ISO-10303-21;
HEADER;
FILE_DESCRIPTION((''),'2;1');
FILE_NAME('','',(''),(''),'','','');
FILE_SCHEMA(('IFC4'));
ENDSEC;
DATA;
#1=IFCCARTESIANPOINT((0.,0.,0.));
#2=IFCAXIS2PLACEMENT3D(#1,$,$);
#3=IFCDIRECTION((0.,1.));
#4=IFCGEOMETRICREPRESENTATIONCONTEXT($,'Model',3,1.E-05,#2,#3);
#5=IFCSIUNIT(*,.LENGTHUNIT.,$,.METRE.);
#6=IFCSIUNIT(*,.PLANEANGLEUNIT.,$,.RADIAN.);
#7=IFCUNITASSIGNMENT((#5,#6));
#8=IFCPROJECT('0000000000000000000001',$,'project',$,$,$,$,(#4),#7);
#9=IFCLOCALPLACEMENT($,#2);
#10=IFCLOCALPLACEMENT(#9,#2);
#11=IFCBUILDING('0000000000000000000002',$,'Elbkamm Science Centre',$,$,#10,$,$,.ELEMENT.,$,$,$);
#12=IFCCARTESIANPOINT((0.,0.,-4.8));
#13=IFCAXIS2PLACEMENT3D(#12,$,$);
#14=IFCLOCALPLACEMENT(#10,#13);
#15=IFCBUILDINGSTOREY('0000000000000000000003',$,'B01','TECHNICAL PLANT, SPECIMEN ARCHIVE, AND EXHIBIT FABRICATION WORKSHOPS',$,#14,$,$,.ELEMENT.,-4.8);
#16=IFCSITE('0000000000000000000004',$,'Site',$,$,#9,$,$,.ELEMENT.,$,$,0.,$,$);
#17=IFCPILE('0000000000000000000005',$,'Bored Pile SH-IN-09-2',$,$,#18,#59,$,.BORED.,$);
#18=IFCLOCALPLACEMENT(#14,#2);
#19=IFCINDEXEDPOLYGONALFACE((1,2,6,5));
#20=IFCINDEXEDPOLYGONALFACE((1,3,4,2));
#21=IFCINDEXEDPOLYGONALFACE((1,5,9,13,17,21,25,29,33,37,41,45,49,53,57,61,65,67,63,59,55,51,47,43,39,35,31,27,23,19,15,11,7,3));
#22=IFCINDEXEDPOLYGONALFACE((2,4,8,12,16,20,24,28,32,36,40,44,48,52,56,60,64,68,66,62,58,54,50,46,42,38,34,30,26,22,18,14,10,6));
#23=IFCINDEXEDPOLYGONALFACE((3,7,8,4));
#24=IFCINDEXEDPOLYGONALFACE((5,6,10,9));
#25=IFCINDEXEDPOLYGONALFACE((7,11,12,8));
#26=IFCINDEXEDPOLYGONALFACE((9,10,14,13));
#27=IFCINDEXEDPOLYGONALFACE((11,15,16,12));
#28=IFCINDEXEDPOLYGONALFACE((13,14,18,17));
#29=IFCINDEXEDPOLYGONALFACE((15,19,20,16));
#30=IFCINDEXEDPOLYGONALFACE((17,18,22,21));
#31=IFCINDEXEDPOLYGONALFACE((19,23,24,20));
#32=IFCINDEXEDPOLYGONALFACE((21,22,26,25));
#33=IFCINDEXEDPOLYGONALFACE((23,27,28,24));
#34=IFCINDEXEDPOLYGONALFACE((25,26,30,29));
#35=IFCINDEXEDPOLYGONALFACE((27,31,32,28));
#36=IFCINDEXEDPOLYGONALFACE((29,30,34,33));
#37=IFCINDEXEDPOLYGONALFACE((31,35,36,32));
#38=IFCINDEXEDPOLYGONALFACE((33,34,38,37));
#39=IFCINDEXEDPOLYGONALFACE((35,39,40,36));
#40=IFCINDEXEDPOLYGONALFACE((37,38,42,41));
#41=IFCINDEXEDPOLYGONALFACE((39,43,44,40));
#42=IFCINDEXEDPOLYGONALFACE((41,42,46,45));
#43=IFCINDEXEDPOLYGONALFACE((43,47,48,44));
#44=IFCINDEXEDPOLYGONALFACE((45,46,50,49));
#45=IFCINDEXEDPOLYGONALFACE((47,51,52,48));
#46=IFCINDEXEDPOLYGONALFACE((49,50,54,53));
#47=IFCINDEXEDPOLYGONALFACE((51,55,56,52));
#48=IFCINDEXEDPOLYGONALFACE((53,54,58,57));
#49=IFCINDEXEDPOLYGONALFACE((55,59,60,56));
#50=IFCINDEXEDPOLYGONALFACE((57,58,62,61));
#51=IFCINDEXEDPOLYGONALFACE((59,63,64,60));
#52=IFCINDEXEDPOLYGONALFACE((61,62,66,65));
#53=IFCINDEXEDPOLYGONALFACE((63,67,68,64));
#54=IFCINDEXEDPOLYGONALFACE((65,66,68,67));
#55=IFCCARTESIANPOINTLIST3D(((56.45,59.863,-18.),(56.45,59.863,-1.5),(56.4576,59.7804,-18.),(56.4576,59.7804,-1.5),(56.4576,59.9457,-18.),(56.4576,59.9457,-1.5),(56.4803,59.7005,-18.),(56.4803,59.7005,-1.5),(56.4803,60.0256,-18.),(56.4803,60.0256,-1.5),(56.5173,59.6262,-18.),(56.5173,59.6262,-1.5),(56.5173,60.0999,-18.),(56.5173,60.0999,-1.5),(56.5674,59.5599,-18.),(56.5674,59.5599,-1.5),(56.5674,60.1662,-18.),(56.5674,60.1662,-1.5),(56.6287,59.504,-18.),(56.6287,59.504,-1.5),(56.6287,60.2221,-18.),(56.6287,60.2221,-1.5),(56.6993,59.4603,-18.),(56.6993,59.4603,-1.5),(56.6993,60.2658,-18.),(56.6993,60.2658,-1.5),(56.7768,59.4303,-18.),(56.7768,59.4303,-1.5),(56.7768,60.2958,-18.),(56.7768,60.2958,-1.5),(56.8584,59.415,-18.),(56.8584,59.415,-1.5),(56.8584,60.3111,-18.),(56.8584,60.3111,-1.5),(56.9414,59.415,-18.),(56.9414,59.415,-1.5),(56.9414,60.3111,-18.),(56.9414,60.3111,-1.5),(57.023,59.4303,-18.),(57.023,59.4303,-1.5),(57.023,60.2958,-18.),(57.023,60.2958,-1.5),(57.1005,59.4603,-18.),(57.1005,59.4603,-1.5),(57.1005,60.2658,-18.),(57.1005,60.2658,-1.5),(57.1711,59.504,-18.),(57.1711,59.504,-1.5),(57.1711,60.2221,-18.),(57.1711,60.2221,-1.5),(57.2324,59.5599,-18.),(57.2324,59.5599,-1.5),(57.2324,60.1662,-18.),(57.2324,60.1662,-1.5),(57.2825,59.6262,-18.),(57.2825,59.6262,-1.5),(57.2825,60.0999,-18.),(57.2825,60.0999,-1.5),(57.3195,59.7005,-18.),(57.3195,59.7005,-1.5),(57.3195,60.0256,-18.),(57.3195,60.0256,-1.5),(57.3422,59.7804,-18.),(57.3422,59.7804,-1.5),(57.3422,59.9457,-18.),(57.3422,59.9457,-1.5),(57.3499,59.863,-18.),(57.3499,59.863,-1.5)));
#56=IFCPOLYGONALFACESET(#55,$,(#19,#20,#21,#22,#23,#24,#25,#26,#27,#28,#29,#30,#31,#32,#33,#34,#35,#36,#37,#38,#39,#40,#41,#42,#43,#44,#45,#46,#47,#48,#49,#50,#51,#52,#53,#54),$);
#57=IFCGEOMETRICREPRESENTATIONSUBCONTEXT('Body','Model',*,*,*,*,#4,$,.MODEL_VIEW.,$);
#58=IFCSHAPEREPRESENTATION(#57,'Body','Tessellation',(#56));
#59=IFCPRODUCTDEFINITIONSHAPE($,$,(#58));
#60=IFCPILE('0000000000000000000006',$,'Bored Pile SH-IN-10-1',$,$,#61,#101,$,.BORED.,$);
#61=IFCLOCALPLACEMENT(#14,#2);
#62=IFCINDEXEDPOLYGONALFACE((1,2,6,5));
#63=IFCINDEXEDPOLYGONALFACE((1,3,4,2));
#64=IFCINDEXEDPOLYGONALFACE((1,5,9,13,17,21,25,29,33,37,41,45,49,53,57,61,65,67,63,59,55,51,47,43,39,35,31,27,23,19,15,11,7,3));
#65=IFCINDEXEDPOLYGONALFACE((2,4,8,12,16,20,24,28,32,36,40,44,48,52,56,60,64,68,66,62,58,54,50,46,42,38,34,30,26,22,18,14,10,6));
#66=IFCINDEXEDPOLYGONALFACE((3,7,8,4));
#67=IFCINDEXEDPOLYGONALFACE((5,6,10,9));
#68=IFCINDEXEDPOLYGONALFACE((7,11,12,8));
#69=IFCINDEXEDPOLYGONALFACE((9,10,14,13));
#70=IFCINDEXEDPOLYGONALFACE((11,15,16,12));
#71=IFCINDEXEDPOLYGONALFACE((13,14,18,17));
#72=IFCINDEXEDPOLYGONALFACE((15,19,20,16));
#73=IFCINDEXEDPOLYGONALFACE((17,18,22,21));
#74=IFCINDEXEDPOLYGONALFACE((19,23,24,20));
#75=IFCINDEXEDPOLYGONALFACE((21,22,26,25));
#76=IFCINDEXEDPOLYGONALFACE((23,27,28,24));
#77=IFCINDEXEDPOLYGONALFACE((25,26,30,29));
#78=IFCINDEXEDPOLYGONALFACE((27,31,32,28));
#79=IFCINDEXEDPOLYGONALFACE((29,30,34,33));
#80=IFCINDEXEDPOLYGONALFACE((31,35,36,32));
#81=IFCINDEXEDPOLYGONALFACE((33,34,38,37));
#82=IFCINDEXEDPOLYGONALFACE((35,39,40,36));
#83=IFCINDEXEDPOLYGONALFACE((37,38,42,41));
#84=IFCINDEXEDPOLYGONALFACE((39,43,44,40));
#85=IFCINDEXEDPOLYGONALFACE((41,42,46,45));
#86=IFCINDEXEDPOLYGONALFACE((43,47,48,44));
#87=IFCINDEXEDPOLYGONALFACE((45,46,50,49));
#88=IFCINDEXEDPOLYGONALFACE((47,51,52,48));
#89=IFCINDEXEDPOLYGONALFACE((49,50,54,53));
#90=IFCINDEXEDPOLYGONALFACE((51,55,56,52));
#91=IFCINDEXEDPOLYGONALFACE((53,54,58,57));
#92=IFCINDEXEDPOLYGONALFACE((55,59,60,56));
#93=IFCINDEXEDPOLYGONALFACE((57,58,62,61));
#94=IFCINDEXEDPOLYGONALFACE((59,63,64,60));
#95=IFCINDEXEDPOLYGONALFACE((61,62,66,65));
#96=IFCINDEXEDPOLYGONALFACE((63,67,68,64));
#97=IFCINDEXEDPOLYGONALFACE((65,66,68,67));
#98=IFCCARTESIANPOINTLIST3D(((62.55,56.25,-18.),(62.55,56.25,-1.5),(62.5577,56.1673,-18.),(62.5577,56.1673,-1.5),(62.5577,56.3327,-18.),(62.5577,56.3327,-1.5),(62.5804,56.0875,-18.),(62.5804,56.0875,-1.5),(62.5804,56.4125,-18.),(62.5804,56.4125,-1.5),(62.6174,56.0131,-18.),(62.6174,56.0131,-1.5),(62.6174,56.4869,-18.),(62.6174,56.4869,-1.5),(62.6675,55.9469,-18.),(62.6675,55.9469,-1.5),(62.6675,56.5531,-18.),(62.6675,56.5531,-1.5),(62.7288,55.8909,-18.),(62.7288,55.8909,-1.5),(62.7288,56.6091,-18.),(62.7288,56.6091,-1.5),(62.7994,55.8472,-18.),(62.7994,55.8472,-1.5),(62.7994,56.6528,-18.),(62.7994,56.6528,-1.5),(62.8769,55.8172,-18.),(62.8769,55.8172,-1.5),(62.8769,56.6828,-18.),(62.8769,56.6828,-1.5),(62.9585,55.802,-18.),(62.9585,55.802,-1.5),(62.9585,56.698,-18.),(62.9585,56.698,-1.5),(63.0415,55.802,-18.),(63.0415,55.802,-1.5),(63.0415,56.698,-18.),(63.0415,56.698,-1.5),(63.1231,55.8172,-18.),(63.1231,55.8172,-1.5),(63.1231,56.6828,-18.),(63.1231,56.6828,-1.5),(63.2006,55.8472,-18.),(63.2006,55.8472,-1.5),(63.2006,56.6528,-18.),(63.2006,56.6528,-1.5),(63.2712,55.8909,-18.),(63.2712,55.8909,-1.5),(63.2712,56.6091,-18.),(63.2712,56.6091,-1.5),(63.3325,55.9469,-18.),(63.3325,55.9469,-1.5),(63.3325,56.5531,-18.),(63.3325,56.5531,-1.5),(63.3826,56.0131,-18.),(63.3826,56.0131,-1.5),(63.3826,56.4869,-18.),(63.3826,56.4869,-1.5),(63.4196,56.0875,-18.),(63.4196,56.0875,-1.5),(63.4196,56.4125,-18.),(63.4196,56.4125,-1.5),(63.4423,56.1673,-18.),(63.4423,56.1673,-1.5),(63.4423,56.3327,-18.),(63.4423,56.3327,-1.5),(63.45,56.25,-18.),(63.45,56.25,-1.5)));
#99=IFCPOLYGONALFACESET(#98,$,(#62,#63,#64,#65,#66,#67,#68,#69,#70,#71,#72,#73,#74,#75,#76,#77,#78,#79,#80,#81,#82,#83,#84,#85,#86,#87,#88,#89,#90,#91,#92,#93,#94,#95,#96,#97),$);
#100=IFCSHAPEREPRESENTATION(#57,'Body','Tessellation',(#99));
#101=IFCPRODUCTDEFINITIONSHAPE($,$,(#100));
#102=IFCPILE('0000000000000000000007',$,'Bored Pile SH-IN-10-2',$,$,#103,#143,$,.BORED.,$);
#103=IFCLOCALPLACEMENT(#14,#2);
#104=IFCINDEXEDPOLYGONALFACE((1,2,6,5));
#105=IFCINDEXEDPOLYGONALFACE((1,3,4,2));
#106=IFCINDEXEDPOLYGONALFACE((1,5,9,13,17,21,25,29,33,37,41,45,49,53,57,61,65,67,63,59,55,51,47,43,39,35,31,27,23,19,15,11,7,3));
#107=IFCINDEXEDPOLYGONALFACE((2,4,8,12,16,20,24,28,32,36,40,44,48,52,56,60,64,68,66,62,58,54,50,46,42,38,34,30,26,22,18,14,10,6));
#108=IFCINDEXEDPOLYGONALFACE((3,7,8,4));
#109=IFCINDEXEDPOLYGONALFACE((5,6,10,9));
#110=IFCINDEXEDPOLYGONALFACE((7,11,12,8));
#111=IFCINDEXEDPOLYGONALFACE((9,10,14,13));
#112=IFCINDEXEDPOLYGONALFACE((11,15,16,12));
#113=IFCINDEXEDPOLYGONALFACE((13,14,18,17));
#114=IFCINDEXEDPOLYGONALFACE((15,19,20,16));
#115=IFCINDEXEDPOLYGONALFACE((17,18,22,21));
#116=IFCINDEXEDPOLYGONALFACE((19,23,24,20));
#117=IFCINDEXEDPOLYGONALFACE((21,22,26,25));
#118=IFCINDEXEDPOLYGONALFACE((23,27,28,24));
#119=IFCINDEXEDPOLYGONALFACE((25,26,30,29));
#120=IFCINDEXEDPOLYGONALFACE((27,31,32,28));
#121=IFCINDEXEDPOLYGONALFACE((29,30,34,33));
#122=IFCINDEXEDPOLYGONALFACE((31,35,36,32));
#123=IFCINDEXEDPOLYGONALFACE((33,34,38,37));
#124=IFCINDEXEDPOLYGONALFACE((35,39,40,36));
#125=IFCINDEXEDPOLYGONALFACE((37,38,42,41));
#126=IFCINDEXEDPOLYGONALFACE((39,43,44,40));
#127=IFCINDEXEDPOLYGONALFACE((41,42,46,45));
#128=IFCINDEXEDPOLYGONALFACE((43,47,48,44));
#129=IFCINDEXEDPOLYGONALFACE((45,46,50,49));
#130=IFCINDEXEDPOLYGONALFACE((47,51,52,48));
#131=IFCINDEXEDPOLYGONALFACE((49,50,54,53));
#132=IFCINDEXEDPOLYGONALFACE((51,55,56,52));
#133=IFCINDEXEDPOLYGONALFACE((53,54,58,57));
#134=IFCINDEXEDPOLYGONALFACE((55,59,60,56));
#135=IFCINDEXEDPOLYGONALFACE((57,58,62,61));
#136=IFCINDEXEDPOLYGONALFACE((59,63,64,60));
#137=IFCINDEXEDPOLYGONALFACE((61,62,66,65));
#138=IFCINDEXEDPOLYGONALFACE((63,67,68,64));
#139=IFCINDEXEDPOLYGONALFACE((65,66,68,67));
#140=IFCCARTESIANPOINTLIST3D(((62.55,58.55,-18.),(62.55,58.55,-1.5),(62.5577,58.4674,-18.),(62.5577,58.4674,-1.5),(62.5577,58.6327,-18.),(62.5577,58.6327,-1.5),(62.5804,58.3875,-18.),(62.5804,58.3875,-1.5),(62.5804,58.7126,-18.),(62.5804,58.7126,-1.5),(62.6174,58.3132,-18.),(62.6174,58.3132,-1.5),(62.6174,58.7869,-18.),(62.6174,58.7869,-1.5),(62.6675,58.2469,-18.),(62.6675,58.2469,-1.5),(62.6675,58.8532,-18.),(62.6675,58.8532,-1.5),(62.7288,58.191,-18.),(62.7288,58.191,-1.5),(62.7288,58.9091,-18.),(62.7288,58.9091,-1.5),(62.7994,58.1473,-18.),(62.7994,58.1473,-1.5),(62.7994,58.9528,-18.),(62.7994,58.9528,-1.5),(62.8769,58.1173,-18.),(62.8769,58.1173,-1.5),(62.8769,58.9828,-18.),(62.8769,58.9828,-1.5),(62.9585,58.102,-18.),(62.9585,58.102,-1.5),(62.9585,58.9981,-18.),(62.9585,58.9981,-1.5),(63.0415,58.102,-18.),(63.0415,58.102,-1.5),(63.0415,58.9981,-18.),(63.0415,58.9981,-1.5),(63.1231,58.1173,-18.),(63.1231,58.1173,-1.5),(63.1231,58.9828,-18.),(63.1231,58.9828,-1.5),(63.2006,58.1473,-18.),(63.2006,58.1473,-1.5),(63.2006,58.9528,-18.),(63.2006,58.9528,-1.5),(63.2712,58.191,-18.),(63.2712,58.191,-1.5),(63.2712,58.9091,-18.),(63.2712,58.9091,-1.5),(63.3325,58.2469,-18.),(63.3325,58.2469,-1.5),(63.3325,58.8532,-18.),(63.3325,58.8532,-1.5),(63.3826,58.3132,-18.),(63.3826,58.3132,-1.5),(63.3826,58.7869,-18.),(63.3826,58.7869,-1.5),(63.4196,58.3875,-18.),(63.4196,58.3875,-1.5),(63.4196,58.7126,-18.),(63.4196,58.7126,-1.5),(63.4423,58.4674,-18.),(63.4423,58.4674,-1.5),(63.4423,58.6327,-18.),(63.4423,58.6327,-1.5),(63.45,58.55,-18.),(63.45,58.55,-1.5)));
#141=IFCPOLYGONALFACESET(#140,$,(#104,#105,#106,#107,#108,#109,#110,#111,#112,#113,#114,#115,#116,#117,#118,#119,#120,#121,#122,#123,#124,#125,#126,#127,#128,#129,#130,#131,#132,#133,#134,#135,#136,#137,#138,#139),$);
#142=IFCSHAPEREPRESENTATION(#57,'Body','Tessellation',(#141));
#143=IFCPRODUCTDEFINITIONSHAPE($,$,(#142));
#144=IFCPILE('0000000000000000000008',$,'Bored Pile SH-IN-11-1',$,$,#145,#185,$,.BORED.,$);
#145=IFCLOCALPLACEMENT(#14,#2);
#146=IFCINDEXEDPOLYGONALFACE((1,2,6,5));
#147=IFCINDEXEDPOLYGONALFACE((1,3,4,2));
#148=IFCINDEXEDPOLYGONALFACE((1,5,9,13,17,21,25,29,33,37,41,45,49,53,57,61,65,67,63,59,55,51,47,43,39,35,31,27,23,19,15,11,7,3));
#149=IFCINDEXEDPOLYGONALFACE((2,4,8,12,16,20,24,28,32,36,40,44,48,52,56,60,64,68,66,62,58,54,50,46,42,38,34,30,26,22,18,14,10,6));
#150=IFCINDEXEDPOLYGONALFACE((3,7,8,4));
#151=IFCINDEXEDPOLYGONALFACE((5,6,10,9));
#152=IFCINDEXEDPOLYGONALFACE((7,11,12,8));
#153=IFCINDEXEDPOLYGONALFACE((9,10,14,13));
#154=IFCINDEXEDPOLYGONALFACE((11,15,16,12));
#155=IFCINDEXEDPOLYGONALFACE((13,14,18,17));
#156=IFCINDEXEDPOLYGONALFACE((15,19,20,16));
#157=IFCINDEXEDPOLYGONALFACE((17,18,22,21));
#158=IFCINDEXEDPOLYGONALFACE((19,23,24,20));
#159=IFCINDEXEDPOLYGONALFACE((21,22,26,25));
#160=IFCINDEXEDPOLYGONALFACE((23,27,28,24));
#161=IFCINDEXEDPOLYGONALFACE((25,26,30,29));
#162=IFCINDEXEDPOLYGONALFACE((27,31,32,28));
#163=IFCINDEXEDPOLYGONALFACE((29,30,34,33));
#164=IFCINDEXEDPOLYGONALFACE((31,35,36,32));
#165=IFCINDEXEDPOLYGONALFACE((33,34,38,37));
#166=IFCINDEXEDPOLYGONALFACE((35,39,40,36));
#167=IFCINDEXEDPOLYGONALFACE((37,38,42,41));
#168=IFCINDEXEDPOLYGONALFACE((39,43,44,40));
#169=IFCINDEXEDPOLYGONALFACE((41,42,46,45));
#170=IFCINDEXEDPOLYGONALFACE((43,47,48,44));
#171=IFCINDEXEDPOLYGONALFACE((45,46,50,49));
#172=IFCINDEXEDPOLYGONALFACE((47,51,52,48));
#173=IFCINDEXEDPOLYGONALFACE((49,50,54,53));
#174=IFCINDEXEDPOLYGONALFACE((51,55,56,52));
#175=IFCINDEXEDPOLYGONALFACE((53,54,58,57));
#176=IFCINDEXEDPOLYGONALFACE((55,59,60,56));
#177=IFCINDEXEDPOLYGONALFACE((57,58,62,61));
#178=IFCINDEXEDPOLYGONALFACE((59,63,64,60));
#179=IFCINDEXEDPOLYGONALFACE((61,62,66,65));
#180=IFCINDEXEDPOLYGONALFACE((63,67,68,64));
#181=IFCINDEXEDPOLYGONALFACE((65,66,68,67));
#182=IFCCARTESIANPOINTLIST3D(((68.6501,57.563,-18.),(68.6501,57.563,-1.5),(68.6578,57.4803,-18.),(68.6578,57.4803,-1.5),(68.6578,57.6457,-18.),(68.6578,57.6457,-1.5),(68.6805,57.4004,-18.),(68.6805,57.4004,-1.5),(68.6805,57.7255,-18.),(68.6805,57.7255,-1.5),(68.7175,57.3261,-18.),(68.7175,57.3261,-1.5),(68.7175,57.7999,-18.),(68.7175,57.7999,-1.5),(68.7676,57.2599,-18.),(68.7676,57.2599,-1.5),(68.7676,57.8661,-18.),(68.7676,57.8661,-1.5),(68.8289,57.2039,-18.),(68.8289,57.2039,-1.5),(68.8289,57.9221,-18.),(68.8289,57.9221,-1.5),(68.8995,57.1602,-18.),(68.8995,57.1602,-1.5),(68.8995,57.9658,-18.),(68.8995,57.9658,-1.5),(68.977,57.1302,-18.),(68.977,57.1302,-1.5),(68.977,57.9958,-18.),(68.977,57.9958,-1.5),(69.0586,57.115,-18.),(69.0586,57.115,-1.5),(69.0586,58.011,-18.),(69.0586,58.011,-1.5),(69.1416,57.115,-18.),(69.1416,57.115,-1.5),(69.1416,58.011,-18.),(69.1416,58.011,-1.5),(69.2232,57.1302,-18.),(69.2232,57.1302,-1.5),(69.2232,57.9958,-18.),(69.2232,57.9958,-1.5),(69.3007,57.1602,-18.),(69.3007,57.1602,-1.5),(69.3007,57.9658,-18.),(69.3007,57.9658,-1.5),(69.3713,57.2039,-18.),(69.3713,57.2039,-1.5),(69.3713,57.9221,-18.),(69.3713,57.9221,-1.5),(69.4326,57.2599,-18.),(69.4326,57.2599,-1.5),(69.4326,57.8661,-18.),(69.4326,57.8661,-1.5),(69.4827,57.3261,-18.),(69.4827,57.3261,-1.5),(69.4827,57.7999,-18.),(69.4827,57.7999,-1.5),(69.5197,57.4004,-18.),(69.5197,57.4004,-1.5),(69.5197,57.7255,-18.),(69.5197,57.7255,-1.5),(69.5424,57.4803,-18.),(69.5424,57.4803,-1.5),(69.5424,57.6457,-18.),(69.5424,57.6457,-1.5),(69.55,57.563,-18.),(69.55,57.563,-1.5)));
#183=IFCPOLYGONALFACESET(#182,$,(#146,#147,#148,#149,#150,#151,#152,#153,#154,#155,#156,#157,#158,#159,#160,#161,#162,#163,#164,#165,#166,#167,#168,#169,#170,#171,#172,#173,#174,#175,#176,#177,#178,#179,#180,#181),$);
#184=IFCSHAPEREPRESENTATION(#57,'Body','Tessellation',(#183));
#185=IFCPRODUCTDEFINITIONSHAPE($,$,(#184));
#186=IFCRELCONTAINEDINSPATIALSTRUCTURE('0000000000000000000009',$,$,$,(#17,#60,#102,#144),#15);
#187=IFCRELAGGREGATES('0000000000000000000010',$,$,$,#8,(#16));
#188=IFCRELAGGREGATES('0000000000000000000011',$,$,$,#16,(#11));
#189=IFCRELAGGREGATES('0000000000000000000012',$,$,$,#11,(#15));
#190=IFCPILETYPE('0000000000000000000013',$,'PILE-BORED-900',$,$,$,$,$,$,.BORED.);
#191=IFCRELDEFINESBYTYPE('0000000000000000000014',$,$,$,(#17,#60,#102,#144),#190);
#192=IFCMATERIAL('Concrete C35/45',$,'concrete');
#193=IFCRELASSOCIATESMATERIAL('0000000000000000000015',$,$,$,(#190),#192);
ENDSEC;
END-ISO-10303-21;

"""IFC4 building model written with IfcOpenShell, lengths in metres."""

from ifc_helpers import new_model, si_unit, direction, frame, origin, origin_2d, place, context, subcontext, project, spatial, circle, extrude, material, material_profile, profile_set, type_object, element, save


model = new_model("IFC4")

# Units and contexts
model_context = context("Model", 3, precision=1e-05, world=origin(), true_north=direction((0.0, 1.0)))
body_context = subcontext(model_context, "Body", "Model", "MODEL_VIEW")
ifc_project = project(units=[si_unit("LENGTHUNIT", "METRE"), si_unit("PLANEANGLEUNIT", "RADIAN")], contexts=[model_context])

# Site, building, storey
site_placement = place(None, origin())
site = spatial("IfcSite", under=ifc_project, at=site_placement, Name="Site", CompositionType="ELEMENT", RefElevation=0.0)
building_placement = place(site_placement, origin())
building = spatial("IfcBuilding", under=site, at=building_placement, Name="Elbkamm Science Centre", CompositionType="ELEMENT")
storey_placement = place(building_placement, frame((0.0, 0.0, -4.8)))
storey = spatial("IfcBuildingStorey", under=building, at=storey_placement, Name="B01", Description="TECHNICAL PLANT, SPECIMEN ARCHIVE, AND EXHIBIT FABRICATION WORKSHOPS", CompositionType="ELEMENT", Elevation=-4.8)

# Shared definitions
ifc_material_1 = material(Name="Concrete C35/45", Category="concrete")

# Piles
ifc_material_profile_1 = material_profile(ifc_material_1, circle(Radius=0.45, at=origin_2d()), Name="PILE D900")
ifc_profile_set_1 = profile_set([ifc_material_profile_1], Name="Concrete C35/45")
pile_type = type_object("IfcPileType", Name="PILE-BORED-900", PredefinedType="BORED", material=ifc_profile_set_1)
for number, where, z_axis, x_axis, name in (
    (1, (56.8999, 59.863, -1.5), (0.0, 0.0, -1.0), (1.0, 0.0, 0.0), "Bored Pile SH-IN-09-2"),
    (2, (63.0, 56.25, -1.5), (0.0, 0.0, -1.0), (1.0, 0.0, 0.0), "Bored Pile SH-IN-10-1"),
    (3, (63.0, 58.55, -1.5), (0.0, 0.0, -1.0), (1.0, 0.0, 0.0), "Bored Pile SH-IN-10-2"),
    (4, (69.1001, 57.563, -1.5), (0.0, 0.0, -1.0), (1.0, 0.0, 0.0), "Bored Pile SH-IN-11-1"),
):
    element("IfcPile", number, at=place(storey_placement, frame(where, z_axis=z_axis, x_axis=x_axis)), inside=storey, type_object=pile_type, Name=name, PredefinedType="BORED", context=body_context, shape_type="SweptSolid", body=[
        extrude(circle(Radius=0.45, at=origin_2d()), origin(), (0.0, 0.0, 1.0), 16.5),
    ])

save(model, "model.ifc")
